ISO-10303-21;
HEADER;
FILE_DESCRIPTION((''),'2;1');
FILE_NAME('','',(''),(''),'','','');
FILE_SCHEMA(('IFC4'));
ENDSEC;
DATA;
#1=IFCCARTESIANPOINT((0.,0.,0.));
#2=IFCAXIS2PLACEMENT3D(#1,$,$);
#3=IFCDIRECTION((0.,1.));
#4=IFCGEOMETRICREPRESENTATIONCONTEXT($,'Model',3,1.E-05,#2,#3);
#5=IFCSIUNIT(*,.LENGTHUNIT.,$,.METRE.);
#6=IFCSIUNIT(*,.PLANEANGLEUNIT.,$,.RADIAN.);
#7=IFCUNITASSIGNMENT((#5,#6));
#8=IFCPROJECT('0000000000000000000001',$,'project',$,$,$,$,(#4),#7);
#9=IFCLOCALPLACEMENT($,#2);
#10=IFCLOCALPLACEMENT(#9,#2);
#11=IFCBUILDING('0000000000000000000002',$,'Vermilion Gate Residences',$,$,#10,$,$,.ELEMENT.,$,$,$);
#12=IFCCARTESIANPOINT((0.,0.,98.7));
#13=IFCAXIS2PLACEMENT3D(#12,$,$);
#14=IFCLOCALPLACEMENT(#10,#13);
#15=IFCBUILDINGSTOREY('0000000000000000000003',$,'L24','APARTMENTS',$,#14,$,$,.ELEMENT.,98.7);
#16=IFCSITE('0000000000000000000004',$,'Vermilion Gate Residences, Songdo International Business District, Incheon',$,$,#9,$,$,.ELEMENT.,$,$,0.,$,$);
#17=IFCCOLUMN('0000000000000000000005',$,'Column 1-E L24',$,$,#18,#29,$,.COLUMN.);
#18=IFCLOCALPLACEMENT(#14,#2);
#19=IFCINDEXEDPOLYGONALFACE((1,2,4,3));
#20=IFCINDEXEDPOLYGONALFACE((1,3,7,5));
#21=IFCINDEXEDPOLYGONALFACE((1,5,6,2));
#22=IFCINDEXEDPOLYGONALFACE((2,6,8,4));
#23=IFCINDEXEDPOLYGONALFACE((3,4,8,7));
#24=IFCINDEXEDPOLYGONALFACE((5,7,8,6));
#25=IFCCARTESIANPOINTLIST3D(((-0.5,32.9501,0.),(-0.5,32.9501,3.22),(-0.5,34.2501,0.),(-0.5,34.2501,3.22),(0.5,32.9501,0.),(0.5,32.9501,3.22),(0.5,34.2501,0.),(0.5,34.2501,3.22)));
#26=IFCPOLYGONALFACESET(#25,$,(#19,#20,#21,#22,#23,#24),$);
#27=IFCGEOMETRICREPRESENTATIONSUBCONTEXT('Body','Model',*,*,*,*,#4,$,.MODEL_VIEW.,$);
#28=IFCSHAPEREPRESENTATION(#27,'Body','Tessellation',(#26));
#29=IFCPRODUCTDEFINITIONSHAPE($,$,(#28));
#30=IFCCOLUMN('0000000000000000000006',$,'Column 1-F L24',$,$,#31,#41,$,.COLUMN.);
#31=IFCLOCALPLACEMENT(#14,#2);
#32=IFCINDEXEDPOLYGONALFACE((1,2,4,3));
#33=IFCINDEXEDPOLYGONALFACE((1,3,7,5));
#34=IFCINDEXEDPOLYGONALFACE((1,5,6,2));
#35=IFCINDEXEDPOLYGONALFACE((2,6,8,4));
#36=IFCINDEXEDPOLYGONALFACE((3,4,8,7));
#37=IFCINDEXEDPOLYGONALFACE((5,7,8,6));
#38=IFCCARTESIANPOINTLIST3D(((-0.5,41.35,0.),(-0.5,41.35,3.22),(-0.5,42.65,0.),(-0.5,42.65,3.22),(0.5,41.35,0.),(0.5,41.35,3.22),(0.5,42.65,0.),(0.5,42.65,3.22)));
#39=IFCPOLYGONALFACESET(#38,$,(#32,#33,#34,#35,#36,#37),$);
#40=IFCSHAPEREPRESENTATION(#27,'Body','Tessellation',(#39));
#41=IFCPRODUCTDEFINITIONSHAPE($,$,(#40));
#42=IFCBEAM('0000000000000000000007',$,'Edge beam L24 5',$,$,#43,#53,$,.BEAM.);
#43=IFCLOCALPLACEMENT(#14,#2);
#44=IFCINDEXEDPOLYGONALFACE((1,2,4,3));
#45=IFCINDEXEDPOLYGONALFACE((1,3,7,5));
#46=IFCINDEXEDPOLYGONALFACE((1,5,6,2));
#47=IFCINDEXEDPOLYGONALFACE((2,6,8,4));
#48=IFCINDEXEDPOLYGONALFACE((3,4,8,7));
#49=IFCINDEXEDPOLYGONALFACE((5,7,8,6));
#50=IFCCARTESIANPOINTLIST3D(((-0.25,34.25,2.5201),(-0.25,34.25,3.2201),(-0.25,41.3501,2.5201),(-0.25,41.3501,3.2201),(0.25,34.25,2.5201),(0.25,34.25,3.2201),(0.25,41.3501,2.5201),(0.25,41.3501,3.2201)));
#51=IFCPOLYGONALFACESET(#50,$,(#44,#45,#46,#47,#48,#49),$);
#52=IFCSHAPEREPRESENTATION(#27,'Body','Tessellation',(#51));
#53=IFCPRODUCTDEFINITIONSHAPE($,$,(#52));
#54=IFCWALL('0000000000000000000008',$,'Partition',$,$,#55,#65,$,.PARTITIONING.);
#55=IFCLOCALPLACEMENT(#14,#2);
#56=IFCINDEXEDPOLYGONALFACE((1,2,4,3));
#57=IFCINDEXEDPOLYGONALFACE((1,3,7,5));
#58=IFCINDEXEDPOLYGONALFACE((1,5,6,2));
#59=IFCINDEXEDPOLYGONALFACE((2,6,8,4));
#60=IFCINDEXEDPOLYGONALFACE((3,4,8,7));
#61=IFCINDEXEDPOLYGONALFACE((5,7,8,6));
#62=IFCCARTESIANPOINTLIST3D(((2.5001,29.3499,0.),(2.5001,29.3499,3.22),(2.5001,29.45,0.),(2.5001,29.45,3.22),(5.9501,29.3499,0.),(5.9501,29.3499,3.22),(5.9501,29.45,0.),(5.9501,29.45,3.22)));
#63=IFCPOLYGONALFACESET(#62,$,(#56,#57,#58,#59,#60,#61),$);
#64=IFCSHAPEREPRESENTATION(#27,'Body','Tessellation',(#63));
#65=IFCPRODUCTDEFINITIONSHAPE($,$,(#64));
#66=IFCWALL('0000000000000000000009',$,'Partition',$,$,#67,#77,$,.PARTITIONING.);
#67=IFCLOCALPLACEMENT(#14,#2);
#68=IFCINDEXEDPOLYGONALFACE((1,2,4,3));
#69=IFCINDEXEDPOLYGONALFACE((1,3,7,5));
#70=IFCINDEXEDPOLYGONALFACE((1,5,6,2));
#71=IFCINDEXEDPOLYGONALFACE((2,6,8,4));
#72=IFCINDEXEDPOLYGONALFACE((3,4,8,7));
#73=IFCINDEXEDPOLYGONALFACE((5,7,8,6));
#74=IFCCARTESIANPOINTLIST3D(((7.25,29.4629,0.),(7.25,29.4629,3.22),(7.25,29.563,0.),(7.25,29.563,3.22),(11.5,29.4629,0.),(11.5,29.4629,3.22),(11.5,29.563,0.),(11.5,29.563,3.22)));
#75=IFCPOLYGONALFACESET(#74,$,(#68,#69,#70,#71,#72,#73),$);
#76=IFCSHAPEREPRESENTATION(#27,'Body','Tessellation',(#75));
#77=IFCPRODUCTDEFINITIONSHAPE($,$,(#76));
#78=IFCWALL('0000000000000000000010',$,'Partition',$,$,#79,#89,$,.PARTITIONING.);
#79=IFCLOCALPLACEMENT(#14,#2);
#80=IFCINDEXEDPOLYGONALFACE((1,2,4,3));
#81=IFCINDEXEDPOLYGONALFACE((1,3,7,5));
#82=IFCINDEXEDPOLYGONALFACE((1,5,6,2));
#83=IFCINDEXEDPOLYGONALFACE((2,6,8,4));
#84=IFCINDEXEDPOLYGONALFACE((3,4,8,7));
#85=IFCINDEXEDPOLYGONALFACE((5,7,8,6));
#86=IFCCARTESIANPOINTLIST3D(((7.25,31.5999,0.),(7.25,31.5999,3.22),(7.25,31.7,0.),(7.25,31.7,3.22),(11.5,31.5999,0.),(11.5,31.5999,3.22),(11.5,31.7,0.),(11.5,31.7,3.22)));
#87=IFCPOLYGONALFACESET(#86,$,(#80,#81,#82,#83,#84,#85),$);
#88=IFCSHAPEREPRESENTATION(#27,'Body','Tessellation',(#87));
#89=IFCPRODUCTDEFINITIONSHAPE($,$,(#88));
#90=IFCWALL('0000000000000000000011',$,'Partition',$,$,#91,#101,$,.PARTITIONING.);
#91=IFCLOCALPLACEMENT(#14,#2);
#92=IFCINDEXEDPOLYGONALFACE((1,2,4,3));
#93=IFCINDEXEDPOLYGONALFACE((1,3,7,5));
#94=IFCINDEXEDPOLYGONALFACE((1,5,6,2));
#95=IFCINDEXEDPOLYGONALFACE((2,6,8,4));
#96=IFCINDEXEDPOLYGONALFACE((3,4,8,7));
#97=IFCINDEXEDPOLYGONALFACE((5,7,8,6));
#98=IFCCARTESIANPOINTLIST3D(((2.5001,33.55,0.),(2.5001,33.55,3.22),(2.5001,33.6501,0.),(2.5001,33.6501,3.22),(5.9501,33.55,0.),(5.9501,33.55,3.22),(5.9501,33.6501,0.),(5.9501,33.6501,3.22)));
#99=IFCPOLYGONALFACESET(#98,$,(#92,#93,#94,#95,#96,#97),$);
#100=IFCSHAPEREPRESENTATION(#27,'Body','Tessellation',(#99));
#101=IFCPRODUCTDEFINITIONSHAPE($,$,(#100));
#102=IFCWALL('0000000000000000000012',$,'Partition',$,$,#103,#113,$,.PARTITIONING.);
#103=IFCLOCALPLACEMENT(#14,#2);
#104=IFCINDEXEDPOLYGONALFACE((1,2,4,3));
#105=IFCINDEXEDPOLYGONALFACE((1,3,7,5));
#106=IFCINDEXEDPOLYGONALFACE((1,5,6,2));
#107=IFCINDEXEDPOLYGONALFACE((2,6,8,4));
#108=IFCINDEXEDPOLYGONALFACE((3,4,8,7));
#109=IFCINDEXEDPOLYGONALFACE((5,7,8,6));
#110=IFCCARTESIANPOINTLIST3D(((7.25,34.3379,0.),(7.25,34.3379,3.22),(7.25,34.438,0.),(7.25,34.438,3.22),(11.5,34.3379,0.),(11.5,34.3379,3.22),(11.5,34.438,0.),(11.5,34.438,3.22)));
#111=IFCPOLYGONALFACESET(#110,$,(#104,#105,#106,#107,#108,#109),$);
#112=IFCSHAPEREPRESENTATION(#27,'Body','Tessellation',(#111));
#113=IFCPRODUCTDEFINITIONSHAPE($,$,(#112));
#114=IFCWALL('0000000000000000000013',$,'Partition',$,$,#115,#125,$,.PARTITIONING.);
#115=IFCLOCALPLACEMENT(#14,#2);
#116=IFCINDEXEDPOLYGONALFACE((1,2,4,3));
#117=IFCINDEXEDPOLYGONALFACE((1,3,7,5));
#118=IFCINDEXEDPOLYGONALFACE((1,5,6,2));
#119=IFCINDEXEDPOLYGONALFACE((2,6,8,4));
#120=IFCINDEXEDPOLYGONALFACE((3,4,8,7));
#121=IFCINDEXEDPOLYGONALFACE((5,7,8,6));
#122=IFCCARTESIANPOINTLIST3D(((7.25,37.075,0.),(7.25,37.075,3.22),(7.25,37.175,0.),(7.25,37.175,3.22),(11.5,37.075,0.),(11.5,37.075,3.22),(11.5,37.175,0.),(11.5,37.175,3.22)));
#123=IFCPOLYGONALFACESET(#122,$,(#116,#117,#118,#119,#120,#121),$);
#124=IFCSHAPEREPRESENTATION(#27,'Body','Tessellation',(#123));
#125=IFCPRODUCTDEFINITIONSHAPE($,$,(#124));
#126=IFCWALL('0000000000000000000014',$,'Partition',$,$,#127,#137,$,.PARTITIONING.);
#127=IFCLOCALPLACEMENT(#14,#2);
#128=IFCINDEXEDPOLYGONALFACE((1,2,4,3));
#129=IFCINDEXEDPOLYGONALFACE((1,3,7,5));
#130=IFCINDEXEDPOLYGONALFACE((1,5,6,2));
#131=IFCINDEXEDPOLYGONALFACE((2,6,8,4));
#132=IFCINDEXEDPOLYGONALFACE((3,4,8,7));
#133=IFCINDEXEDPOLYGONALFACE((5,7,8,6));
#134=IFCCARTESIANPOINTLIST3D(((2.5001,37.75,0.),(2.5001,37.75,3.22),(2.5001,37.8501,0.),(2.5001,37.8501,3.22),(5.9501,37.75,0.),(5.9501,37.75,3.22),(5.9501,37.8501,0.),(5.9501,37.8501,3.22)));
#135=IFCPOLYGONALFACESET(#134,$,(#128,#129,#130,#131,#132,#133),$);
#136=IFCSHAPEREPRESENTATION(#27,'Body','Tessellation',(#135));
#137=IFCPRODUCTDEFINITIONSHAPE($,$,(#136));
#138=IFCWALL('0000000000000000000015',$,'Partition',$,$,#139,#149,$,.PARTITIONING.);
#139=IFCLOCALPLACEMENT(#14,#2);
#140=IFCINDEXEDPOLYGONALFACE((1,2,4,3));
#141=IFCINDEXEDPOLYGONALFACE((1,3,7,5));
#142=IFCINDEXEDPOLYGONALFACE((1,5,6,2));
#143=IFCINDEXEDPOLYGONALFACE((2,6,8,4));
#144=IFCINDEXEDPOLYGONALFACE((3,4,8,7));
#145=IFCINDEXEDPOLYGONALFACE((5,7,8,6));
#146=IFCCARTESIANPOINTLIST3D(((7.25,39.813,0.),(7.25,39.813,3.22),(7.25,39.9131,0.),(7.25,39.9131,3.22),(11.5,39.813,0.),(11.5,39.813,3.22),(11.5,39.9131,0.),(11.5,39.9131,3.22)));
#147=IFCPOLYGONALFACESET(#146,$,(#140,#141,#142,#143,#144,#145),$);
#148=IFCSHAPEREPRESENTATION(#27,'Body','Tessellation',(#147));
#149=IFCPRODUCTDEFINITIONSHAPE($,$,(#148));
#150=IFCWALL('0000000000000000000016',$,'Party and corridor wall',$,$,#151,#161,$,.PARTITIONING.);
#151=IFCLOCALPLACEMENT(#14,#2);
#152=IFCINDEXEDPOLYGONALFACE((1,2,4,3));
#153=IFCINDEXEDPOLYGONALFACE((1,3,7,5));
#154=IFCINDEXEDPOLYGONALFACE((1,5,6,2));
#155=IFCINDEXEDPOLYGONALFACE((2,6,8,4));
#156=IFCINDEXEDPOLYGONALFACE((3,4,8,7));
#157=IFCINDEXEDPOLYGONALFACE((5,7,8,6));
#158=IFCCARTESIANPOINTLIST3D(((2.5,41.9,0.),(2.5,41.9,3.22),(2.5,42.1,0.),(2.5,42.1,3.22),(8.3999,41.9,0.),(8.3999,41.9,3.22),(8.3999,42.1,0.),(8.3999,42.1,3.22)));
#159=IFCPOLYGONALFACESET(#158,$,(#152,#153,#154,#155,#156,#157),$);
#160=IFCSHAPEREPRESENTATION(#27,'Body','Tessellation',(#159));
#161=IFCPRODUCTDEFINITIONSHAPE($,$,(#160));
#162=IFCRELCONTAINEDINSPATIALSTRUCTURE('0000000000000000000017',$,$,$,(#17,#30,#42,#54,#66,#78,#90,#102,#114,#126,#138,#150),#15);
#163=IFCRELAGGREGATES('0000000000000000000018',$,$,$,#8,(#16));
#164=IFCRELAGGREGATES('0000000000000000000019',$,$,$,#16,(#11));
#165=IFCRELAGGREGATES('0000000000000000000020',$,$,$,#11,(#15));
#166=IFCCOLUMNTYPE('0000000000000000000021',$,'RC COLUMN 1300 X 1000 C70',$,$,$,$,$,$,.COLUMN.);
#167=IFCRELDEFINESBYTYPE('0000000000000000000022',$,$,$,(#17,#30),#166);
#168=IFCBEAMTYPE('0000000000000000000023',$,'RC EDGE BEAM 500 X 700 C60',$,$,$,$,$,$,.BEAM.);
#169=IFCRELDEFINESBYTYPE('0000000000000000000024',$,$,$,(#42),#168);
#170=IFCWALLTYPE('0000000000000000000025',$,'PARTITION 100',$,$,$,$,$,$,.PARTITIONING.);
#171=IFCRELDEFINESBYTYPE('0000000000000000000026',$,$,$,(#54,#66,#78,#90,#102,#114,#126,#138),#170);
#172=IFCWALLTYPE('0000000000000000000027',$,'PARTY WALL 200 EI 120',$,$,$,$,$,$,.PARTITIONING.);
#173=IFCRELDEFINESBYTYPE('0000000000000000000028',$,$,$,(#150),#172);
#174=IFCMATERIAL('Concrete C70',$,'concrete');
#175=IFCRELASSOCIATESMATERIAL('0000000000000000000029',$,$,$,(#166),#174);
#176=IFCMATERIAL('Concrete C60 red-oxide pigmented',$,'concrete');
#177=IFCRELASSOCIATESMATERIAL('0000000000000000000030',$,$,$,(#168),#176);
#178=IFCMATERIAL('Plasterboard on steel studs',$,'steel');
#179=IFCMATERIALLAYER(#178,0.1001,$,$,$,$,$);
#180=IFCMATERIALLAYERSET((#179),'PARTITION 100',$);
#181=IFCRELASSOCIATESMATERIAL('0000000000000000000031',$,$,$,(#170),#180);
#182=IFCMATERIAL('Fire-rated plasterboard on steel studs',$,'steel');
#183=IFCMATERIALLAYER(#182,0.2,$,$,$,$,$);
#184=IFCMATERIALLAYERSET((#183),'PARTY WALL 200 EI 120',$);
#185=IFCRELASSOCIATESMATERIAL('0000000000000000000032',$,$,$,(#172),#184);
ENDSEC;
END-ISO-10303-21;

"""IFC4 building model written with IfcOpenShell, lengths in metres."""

from ifc_helpers import new_model, si_unit, direction, frame, frame_2d, origin, origin_2d, place, context, subcontext, project, spatial, rectangle, extrude, material, layer, layer_set, material_profile, profile_set, type_object, element, save


model = new_model("IFC4")

# Units and contexts
model_context = context("Model", 3, precision=1e-05, world=origin(), true_north=direction((0.0, 1.0)))
body_context = subcontext(model_context, "Body", "Model", "MODEL_VIEW")
ifc_project = project(units=[si_unit("LENGTHUNIT", "METRE"), si_unit("PLANEANGLEUNIT", "RADIAN")], contexts=[model_context])

# Site, building, storey
site_placement = place(None, origin())
site = spatial("IfcSite", under=ifc_project, at=site_placement, Name="Vermilion Gate Residences, Songdo International Business District, Incheon", CompositionType="ELEMENT", RefElevation=0.0)
building_placement = place(site_placement, origin())
building = spatial("IfcBuilding", under=site, at=building_placement, Name="Vermilion Gate Residences", CompositionType="ELEMENT")
storey_placement = place(building_placement, frame((0.0, 0.0, 98.7)))
storey = spatial("IfcBuildingStorey", under=building, at=storey_placement, Name="L24", Description="APARTMENTS", CompositionType="ELEMENT", Elevation=98.7)

# Columns
ifc_material_1 = material(Name="Concrete C70", Category="concrete")
ifc_material_profile_1 = material_profile(ifc_material_1, rectangle(XDim=1.3, YDim=1.0, at=origin_2d()), Name="RC-1300x1000")
ifc_profile_set_1 = profile_set([ifc_material_profile_1], Name="Concrete C70")
column_type = type_object("IfcColumnType", Name="RC COLUMN 1300 X 1000 C70", PredefinedType="COLUMN", material=ifc_profile_set_1)
for number, where, z_axis, x_axis, name in (
    (1, (0.0, 33.6001, 0.0), (0.0, 0.0, 1.0), (0.0, 1.0, 0.0), "Column 1-E L24"),
    (2, (0.0, 42.0, 0.0), (0.0, 0.0, 1.0), (0.0, 1.0, 0.0), "Column 1-F L24"),
):
    element("IfcColumn", number, at=place(storey_placement, frame(where, z_axis=z_axis, x_axis=x_axis)), inside=storey, type_object=column_type, Name=name, PredefinedType="COLUMN", context=body_context, shape_type="SweptSolid", body=[
        extrude(rectangle(XDim=1.3, YDim=1.0, at=origin_2d()), origin(), (0.0, 0.0, 1.0), 3.22),
    ])

# Beam
ifc_material_2 = material(Name="Concrete C60 red-oxide pigmented", Category="concrete")
ifc_material_profile_2 = material_profile(ifc_material_2, rectangle(XDim=0.5, YDim=0.7, at=origin_2d()), Name="RC-500x700")
ifc_profile_set_2 = profile_set([ifc_material_profile_2], Name="Concrete C60 red-oxide pigmented")
beam_type = type_object("IfcBeamType", Name="RC EDGE BEAM 500 X 700 C60", PredefinedType="BEAM", material=ifc_profile_set_2)
beam_placement = place(storey_placement, frame((0.0, 34.25, 2.8701), z_axis=(0.0, 1.0, 0.0), x_axis=(-1.0, 0.0, 0.0)))
element("IfcBeam", 3, at=beam_placement, inside=storey, type_object=beam_type, Name="Edge beam L24 5", PredefinedType="BEAM", context=body_context, shape_type="SweptSolid", body=[
    extrude(rectangle(XDim=0.5, YDim=0.7, at=origin_2d()), origin(), (0.0, 0.0, 1.0), 7.1001),
])

# Walls
ifc_material_3 = material(Name="Plasterboard on steel studs", Category="steel")
ifc_layer_1 = layer(ifc_material_3, 0.1001)
ifc_layer_set_1 = layer_set([ifc_layer_1], Name="PARTITION 100")
wall_type_1 = type_object("IfcWallType", Name="PARTITION 100", PredefinedType="PARTITIONING", material=ifc_layer_set_1)
wall_1_placement = place(storey_placement, frame((2.5, 29.3999, 0.0), z_axis=(0.0, 0.0, 1.0), x_axis=(1.0, 0.0, 0.0)))
element("IfcWall", 4, at=wall_1_placement, inside=storey, type_object=wall_type_1, Name="Partition", PredefinedType="PARTITIONING", context=body_context, shape_type="SweptSolid", body=[
    extrude(rectangle(XDim=3.45, YDim=0.1001, at=frame_2d((1.7251, 0.0))), origin(), (0.0, 0.0, 1.0), 3.22),
])
for number, where, z_axis, x_axis, name in (
    (5, (7.25, 29.5129, 0.0), (0.0, 0.0, 1.0), (1.0, 0.0, 0.0), "Partition"),
    (6, (7.25, 31.6499, 0.0), (0.0, 0.0, 1.0), (1.0, 0.0, 0.0), "Partition"),
):
    element("IfcWall", number, at=place(storey_placement, frame(where, z_axis=z_axis, x_axis=x_axis)), inside=storey, type_object=wall_type_1, Name=name, PredefinedType="PARTITIONING", context=body_context, shape_type="SweptSolid", body=[
        extrude(rectangle(XDim=4.25, YDim=0.1001, at=frame_2d((2.125, 0.0))), origin(), (0.0, 0.0, 1.0), 3.22),
    ])
wall_2_placement = place(storey_placement, frame((2.5, 33.6001, 0.0), z_axis=(0.0, 0.0, 1.0), x_axis=(1.0, 0.0, 0.0)))
element("IfcWall", 7, at=wall_2_placement, inside=storey, type_object=wall_type_1, Name="Partition", PredefinedType="PARTITIONING", context=body_context, shape_type="SweptSolid", body=[
    extrude(rectangle(XDim=3.45, YDim=0.1001, at=frame_2d((1.7251, 0.0))), origin(), (0.0, 0.0, 1.0), 3.22),
])
for number, where, z_axis, x_axis, name in (
    (8, (7.25, 34.3879, 0.0), (0.0, 0.0, 1.0), (1.0, 0.0, 0.0), "Partition"),
    (9, (7.25, 37.125, 0.0), (0.0, 0.0, 1.0), (1.0, 0.0, 0.0), "Partition"),
):
    element("IfcWall", number, at=place(storey_placement, frame(where, z_axis=z_axis, x_axis=x_axis)), inside=storey, type_object=wall_type_1, Name=name, PredefinedType="PARTITIONING", context=body_context, shape_type="SweptSolid", body=[
        extrude(rectangle(XDim=4.25, YDim=0.1001, at=frame_2d((2.125, 0.0))), origin(), (0.0, 0.0, 1.0), 3.22),
    ])
wall_3_placement = place(storey_placement, frame((2.5, 37.8, 0.0), z_axis=(0.0, 0.0, 1.0), x_axis=(1.0, 0.0, 0.0)))
element("IfcWall", 10, at=wall_3_placement, inside=storey, type_object=wall_type_1, Name="Partition", PredefinedType="PARTITIONING", context=body_context, shape_type="SweptSolid", body=[
    extrude(rectangle(XDim=3.45, YDim=0.1001, at=frame_2d((1.7251, 0.0))), origin(), (0.0, 0.0, 1.0), 3.22),
])
wall_4_placement = place(storey_placement, frame((7.25, 39.863, 0.0), z_axis=(0.0, 0.0, 1.0), x_axis=(1.0, 0.0, 0.0)))
element("IfcWall", 11, at=wall_4_placement, inside=storey, type_object=wall_type_1, Name="Partition", PredefinedType="PARTITIONING", context=body_context, shape_type="SweptSolid", body=[
    extrude(rectangle(XDim=4.25, YDim=0.1001, at=frame_2d((2.125, 0.0))), origin(), (0.0, 0.0, 1.0), 3.22),
])
ifc_material_4 = material(Name="Fire-rated plasterboard on steel studs", Category="steel")
ifc_layer_2 = layer(ifc_material_4, 0.2)
ifc_layer_set_2 = layer_set([ifc_layer_2], Name="PARTY WALL 200 EI 120")
wall_type_2 = type_object("IfcWallType", Name="PARTY WALL 200 EI 120", PredefinedType="PARTITIONING", material=ifc_layer_set_2)
wall_5_placement = place(storey_placement, frame((2.5, 42.0, 0.0), z_axis=(0.0, 0.0, 1.0), x_axis=(1.0, 0.0, 0.0)))
element("IfcWall", 12, at=wall_5_placement, inside=storey, type_object=wall_type_2, Name="Party and corridor wall", PredefinedType="PARTITIONING", context=body_context, shape_type="SweptSolid", body=[
    extrude(rectangle(XDim=5.8999, YDim=0.2, at=frame_2d((2.95, 0.0))), origin(), (0.0, 0.0, 1.0), 3.22),
])

save(model, "model.ifc")
